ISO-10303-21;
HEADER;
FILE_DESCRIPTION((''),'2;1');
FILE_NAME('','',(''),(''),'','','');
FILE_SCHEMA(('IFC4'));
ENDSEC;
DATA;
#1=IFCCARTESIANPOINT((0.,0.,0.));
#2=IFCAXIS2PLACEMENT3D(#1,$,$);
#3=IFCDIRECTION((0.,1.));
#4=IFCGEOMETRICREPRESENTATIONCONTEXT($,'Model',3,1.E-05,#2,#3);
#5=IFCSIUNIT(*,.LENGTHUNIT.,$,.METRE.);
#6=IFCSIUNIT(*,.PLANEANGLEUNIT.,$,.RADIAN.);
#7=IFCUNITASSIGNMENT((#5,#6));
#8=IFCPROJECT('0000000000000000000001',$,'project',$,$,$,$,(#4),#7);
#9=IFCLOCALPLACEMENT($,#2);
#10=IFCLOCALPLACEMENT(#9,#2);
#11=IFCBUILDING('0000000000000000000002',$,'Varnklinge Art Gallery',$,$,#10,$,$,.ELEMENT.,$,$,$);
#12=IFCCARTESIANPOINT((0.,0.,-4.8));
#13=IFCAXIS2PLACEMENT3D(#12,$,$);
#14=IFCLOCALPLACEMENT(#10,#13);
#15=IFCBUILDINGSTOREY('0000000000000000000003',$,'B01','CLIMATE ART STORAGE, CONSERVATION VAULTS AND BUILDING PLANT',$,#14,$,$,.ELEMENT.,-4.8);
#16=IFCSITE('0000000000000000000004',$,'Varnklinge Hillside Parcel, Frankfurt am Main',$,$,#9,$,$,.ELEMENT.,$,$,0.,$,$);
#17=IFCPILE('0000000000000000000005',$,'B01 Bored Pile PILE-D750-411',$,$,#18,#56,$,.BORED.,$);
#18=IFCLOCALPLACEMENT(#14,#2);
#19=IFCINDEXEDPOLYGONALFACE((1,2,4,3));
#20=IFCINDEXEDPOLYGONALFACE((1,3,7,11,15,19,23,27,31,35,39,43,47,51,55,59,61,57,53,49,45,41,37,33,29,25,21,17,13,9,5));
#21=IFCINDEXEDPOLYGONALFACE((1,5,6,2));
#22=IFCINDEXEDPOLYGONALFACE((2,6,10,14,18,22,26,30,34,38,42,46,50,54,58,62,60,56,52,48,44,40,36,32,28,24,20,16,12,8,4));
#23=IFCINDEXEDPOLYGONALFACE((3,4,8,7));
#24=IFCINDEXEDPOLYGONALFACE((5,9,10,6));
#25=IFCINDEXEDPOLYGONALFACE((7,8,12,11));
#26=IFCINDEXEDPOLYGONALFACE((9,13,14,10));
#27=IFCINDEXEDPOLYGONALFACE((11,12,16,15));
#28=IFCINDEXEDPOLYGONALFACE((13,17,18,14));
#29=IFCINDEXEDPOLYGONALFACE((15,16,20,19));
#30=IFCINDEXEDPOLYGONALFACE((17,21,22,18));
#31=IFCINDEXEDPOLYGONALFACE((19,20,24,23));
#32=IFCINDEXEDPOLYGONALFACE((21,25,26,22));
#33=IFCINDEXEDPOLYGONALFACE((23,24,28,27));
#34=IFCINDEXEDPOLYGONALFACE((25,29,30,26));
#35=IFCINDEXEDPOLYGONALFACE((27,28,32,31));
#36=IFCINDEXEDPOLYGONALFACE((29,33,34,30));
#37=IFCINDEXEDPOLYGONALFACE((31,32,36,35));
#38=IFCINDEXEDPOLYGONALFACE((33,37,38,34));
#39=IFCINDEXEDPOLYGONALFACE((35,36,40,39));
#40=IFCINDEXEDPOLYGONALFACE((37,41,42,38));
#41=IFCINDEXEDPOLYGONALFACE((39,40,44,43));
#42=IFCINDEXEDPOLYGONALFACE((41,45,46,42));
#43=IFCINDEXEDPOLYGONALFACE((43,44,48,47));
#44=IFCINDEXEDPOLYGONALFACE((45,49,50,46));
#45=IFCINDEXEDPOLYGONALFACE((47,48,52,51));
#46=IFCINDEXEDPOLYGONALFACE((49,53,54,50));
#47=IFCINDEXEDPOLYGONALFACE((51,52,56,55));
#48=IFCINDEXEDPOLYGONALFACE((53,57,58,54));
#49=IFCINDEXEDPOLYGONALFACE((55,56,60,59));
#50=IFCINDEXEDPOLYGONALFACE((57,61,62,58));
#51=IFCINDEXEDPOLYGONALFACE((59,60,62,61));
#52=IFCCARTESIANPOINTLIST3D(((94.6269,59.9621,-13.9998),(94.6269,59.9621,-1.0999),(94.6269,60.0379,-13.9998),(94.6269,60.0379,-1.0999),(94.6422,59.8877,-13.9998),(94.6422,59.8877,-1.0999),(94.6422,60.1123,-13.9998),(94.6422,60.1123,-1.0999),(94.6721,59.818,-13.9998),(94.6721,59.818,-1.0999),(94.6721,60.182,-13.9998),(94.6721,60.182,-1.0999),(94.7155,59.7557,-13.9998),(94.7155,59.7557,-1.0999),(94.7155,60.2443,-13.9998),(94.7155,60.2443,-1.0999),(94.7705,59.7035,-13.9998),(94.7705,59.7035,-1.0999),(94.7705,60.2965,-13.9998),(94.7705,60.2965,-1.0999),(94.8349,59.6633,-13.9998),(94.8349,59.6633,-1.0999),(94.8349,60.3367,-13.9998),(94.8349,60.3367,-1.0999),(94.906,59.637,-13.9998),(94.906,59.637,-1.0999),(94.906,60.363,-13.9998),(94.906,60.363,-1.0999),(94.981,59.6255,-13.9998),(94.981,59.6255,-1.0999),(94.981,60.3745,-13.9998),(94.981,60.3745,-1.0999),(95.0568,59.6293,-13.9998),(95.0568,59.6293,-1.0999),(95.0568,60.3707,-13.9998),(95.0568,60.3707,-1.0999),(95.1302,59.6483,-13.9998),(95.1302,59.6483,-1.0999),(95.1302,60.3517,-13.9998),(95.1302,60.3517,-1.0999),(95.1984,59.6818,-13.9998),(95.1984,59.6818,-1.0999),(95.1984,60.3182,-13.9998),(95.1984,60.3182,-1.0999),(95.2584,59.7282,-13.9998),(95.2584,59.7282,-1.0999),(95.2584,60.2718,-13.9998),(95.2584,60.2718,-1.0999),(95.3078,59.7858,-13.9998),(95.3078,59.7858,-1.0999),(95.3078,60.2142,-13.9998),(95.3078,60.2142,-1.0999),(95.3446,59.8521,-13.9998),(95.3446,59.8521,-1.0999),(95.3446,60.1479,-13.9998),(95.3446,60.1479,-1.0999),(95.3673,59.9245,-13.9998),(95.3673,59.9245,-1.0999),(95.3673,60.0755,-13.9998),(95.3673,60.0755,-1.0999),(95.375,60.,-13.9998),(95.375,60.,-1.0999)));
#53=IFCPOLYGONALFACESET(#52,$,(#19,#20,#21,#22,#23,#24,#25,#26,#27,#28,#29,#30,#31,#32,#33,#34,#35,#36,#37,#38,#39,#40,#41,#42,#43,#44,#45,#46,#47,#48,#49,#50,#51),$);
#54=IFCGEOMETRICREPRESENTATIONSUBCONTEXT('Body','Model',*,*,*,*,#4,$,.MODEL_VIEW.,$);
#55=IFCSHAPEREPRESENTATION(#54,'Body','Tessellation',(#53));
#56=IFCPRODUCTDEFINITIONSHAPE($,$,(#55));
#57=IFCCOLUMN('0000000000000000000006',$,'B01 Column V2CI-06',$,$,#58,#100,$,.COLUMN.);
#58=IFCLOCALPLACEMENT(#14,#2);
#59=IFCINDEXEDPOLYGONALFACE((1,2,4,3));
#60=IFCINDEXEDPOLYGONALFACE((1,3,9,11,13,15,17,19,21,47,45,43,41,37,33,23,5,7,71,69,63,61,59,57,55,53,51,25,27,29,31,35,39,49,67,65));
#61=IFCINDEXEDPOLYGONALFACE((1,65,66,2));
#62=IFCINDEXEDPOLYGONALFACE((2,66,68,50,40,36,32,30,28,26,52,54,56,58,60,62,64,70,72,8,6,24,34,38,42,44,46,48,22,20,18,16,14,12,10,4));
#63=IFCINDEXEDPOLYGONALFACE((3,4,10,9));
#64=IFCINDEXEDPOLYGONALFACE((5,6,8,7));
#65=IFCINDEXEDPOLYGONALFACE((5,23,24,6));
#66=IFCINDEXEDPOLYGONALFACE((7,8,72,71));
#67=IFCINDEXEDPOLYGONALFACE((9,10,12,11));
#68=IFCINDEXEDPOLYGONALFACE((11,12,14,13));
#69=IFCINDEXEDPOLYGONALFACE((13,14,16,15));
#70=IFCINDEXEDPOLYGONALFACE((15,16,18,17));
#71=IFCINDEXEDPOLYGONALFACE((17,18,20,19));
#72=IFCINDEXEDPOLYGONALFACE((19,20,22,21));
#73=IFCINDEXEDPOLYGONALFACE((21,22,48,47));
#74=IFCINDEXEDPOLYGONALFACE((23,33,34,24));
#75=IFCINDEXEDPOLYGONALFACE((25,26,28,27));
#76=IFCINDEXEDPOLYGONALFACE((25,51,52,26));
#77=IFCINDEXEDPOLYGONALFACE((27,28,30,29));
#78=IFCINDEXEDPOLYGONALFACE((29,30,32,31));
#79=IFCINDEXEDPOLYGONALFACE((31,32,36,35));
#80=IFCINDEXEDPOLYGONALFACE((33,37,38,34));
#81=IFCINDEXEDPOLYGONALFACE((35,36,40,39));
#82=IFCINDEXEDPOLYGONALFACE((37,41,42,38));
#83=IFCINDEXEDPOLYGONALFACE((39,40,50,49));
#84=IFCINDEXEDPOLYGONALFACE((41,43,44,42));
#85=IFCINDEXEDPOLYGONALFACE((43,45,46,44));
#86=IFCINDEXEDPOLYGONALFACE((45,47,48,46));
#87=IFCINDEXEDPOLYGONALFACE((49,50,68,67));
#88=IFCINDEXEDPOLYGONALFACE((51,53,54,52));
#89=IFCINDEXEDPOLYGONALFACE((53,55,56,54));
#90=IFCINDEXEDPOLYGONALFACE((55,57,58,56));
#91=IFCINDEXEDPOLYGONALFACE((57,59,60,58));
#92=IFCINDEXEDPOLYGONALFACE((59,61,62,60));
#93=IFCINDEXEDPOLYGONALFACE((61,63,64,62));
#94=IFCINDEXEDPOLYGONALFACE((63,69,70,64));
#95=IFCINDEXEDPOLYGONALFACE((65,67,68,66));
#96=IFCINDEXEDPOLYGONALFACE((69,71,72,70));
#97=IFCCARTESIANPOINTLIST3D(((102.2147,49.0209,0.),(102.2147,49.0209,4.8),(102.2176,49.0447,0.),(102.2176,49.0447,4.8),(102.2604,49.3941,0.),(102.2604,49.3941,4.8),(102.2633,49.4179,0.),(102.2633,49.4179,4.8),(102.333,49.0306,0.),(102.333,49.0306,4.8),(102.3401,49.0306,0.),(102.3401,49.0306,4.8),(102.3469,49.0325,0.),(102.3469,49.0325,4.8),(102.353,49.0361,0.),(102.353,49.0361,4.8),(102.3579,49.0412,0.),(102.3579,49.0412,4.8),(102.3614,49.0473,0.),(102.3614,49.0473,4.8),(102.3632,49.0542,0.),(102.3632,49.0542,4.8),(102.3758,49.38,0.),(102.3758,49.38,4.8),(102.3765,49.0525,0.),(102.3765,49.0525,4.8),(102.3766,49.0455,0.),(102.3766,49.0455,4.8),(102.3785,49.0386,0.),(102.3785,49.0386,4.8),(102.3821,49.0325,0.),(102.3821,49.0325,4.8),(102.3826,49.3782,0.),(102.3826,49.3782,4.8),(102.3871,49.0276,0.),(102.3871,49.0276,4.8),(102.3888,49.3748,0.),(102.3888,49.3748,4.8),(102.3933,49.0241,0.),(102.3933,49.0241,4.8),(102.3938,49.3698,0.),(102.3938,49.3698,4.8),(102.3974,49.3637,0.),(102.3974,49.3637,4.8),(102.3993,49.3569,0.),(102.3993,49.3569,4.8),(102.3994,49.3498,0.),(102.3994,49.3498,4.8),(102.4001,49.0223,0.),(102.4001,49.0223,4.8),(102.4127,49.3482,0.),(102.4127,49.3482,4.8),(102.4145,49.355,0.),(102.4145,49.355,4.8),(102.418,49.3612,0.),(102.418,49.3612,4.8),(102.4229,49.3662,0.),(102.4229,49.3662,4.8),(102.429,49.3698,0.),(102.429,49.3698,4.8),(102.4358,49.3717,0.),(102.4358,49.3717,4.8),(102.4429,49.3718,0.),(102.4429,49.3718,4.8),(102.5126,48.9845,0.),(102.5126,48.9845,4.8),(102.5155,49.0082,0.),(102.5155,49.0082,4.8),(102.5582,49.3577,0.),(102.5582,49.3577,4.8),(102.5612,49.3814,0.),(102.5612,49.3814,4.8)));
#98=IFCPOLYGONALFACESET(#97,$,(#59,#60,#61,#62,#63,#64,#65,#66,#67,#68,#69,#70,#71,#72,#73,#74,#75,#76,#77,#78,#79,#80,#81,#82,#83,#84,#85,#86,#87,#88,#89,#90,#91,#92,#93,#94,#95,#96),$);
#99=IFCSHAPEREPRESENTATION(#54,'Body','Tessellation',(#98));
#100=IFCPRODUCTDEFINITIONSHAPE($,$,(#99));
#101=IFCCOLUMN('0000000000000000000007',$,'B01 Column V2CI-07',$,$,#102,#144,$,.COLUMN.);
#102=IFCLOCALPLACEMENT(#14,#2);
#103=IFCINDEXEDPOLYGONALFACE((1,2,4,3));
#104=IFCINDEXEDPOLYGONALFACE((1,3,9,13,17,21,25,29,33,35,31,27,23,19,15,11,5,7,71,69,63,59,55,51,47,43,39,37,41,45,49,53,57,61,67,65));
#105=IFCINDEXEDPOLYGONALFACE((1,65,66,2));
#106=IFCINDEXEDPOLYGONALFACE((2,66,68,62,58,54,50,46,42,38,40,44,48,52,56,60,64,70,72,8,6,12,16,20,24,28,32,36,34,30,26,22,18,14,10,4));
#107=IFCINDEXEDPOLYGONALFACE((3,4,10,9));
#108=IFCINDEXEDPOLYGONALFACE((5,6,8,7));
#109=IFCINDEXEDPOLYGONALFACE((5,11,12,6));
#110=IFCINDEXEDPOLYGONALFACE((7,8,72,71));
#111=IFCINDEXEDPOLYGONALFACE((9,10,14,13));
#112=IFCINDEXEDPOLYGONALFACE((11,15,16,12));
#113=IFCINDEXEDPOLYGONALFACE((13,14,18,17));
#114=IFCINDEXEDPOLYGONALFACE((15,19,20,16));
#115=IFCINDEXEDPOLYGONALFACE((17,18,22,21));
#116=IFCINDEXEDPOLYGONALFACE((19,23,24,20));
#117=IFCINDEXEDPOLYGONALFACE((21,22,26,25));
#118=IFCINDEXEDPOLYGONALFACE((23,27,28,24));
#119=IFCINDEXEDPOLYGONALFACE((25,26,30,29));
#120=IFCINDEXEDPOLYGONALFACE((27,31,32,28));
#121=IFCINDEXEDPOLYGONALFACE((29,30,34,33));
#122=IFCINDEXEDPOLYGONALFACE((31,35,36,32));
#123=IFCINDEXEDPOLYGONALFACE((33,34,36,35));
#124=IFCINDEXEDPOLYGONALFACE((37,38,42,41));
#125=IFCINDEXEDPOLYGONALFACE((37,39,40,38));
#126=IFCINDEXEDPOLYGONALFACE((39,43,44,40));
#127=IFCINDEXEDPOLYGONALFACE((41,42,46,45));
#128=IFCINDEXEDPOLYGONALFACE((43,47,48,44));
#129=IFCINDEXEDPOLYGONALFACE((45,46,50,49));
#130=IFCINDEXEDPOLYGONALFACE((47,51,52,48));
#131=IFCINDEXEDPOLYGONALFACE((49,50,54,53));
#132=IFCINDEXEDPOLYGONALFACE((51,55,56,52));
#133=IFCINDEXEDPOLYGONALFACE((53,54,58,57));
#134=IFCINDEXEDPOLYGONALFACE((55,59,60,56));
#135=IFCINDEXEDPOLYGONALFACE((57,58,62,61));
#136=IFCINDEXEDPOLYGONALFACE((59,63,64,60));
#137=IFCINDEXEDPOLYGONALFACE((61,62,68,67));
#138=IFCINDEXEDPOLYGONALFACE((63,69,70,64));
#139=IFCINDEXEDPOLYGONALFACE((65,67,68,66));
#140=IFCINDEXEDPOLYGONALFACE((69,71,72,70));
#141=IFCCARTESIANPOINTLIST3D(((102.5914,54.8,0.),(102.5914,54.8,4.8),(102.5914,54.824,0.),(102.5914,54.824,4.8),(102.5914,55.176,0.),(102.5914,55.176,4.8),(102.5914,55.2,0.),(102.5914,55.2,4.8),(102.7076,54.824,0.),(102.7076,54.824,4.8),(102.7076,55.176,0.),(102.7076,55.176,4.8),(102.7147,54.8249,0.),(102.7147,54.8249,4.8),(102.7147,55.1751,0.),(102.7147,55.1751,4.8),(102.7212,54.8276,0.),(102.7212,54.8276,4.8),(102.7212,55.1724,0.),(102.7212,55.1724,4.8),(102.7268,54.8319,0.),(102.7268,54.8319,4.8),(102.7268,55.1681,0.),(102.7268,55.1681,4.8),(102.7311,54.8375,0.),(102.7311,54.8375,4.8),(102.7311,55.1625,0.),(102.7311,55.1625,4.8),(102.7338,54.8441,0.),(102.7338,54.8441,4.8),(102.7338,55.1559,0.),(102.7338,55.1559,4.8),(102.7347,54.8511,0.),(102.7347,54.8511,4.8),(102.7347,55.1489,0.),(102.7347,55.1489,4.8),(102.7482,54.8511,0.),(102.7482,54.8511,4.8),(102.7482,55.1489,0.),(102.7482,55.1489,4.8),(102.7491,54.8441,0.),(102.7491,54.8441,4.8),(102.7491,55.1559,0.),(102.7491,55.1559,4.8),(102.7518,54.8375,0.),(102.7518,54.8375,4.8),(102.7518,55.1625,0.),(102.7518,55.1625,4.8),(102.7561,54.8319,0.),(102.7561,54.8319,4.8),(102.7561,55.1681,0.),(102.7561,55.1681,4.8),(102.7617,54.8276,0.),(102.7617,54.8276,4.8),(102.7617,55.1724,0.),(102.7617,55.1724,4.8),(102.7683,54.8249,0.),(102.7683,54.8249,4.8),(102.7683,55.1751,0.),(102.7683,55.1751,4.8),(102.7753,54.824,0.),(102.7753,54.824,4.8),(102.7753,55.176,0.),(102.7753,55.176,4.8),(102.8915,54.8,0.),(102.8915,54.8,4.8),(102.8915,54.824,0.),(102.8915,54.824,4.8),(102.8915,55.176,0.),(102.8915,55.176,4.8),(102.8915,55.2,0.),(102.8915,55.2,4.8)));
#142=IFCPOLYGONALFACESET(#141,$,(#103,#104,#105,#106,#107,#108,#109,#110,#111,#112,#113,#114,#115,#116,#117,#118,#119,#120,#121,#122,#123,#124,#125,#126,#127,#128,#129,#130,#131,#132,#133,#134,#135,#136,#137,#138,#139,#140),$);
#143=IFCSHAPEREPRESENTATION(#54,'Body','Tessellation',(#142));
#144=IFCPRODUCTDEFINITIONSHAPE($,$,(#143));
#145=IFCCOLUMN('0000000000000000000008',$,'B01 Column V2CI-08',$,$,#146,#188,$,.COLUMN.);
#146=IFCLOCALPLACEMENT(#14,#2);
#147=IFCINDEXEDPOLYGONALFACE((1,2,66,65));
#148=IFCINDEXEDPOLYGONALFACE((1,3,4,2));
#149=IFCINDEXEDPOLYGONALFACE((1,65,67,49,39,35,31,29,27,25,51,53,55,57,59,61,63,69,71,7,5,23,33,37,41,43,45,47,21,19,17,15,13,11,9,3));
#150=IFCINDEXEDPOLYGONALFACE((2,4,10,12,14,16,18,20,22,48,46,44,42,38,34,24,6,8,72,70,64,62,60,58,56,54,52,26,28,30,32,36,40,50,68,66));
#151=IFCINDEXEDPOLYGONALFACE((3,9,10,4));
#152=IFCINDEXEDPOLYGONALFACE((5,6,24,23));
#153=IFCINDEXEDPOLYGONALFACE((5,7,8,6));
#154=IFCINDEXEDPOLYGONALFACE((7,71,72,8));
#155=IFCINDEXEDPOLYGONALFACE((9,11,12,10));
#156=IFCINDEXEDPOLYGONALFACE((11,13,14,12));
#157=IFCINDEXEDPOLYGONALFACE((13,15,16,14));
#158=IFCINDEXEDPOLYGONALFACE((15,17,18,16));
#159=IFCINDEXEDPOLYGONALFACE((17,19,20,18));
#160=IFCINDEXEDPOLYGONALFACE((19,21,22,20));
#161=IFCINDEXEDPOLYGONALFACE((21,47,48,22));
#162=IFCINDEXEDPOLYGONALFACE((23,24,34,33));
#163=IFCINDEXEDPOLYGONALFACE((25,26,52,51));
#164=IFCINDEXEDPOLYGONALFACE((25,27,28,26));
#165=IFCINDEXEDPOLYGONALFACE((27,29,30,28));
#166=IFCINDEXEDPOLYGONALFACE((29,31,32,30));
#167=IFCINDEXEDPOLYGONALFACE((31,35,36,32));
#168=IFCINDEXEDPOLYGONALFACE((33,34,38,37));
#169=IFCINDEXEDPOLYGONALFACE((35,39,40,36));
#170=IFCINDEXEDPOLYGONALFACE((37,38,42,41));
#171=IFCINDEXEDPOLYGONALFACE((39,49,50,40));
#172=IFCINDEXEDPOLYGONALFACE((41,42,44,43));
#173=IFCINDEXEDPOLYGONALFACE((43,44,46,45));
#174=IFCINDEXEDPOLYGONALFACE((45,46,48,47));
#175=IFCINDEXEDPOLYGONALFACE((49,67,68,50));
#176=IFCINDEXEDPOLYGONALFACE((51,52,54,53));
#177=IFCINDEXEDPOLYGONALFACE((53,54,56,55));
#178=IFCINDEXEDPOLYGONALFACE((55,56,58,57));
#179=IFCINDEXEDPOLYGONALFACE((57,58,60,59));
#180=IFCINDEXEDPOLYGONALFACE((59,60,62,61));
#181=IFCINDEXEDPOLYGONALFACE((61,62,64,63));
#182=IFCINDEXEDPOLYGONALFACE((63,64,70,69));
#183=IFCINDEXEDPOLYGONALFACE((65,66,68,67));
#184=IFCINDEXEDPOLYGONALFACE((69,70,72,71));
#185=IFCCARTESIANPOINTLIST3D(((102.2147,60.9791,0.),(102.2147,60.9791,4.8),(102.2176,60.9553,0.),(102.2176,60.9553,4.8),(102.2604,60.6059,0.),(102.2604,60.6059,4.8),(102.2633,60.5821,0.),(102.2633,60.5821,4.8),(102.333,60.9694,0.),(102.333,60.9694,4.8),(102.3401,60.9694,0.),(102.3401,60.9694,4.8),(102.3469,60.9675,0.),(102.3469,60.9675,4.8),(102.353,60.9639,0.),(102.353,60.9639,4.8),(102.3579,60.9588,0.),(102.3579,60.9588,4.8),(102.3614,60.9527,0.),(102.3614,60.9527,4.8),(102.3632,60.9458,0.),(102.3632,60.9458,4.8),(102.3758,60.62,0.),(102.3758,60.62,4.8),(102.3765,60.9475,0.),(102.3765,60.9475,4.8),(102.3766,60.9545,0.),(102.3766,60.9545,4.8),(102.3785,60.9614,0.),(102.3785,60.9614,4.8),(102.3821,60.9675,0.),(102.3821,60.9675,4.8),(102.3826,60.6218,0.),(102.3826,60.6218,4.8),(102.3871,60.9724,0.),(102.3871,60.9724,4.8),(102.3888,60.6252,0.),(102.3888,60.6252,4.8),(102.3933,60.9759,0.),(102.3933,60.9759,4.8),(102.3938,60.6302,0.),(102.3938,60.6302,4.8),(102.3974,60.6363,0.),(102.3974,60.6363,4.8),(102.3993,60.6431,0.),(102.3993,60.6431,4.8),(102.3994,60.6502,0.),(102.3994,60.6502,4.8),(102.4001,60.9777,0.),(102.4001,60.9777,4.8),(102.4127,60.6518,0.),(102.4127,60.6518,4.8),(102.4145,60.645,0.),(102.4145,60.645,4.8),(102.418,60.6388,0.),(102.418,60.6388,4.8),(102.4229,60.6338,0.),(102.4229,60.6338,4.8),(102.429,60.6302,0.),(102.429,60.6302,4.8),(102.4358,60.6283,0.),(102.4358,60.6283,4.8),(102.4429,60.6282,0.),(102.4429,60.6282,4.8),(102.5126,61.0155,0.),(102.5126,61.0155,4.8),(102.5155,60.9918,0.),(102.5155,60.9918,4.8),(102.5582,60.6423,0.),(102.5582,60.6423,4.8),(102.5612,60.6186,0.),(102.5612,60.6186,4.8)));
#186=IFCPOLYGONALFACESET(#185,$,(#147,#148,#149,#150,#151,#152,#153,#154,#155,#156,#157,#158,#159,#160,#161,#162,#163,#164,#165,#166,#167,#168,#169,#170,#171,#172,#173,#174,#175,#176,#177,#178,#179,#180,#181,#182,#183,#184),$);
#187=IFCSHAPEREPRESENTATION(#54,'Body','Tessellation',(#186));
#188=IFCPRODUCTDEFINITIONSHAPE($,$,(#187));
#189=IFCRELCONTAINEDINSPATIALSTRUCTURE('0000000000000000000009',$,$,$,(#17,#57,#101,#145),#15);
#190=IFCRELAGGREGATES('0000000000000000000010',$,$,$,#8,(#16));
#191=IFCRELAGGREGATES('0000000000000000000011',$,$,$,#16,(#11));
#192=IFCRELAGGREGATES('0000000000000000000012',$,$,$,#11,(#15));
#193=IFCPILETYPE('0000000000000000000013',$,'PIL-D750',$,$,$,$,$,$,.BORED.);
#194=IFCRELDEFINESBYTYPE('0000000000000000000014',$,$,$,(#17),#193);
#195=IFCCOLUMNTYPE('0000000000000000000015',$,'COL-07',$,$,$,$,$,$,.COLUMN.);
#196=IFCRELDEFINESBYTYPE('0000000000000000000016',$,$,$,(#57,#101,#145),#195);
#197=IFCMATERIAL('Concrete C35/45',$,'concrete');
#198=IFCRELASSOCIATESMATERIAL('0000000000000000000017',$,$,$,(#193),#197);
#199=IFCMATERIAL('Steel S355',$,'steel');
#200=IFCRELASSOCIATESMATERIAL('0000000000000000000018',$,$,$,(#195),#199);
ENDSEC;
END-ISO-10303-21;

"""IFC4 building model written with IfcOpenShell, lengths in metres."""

from ifc_helpers import new_model, si_unit, direction, frame, origin, origin_2d, place, context, subcontext, project, spatial, circle, i_section, extrude, material, material_profile, profile_set, type_object, element, save


model = new_model("IFC4")

# Units and contexts
model_context = context("Model", 3, precision=1e-05, world=origin(), true_north=direction((0.0, 1.0)))
body_context = subcontext(model_context, "Body", "Model", "MODEL_VIEW")
ifc_project = project(units=[si_unit("LENGTHUNIT", "METRE"), si_unit("PLANEANGLEUNIT", "RADIAN")], contexts=[model_context])

# Site, building, storey
site_placement = place(None, origin())
site = spatial("IfcSite", under=ifc_project, at=site_placement, Name="Varnklinge Hillside Parcel, Frankfurt am Main", CompositionType="ELEMENT", RefElevation=0.0)
building_placement = place(site_placement, origin())
building = spatial("IfcBuilding", under=site, at=building_placement, Name="Varnklinge Art Gallery", CompositionType="ELEMENT")
storey_placement = place(building_placement, frame((0.0, 0.0, -4.8)))
storey = spatial("IfcBuildingStorey", under=building, at=storey_placement, Name="B01", Description="CLIMATE ART STORAGE, CONSERVATION VAULTS AND BUILDING PLANT", CompositionType="ELEMENT", Elevation=-4.8)

# Pile
ifc_material_1 = material(Name="Concrete C35/45", Category="concrete")
ifc_material_profile_1 = material_profile(ifc_material_1, circle(Radius=0.375, at=origin_2d()), Name="PILE D750")
ifc_profile_set_1 = profile_set([ifc_material_profile_1], Name="Concrete C35/45")
pile_type = type_object("IfcPileType", Name="PIL-D750", PredefinedType="BORED", material=ifc_profile_set_1)
pile_1_placement = place(storey_placement, frame((95.0, 60.0, -1.0999), z_axis=(0.0, 0.0, -1.0), x_axis=(1.0, 0.0, 0.0)))
element("IfcPile", 1, at=pile_1_placement, inside=storey, type_object=pile_type, Name="B01 Bored Pile PILE-D750-411", PredefinedType="BORED", context=body_context, shape_type="SweptSolid", body=[
    extrude(circle(Radius=0.375, at=origin_2d()), origin(), (0.0, 0.0, 1.0), 12.8999),
])

# Columns
ifc_material_2 = material(Name="Steel S355", Category="steel")
ifc_material_profile_2 = material_profile(ifc_material_2, i_section(OverallWidth=0.3, OverallDepth=0.3999, WebThickness=0.0134, FlangeThickness=0.0239, FilletRadius=0.0271, at=origin_2d()), Name="HEB 400")
ifc_profile_set_2 = profile_set([ifc_material_profile_2], Name="Steel S355")
column_type_1 = type_object("IfcColumnType", Name="COL-07", PredefinedType="COLUMN", material=ifc_profile_set_2)
for number, where, z_axis, x_axis, name in (
    (2, (102.3879, 49.2012, 0.0), (0.0, 0.0, 1.0), (-0.992589, 0.121523, 0.0), "B01 Column V2CI-06"),
    (3, (102.7415, 55.0, 0.0), (0.0, 0.0, 1.0), (-1.0, 0.0, 0.0), "B01 Column V2CI-07"),
    (4, (102.3879, 60.7988, 0.0), (0.0, 0.0, 1.0), (-0.992589, -0.121523, 0.0), "B01 Column V2CI-08"),
):
    element("IfcColumn", number, at=place(storey_placement, frame(where, z_axis=z_axis, x_axis=x_axis)), inside=storey, type_object=column_type_1, Name=name, PredefinedType="COLUMN", context=body_context, shape_type="SweptSolid", body=[
        extrude(i_section(OverallWidth=0.3, OverallDepth=0.3999, WebThickness=0.0134, FlangeThickness=0.0239, FilletRadius=0.0271, at=origin_2d()), origin(), (0.0, 0.0, 1.0), 4.8),
    ])

save(model, "model.ifc")
